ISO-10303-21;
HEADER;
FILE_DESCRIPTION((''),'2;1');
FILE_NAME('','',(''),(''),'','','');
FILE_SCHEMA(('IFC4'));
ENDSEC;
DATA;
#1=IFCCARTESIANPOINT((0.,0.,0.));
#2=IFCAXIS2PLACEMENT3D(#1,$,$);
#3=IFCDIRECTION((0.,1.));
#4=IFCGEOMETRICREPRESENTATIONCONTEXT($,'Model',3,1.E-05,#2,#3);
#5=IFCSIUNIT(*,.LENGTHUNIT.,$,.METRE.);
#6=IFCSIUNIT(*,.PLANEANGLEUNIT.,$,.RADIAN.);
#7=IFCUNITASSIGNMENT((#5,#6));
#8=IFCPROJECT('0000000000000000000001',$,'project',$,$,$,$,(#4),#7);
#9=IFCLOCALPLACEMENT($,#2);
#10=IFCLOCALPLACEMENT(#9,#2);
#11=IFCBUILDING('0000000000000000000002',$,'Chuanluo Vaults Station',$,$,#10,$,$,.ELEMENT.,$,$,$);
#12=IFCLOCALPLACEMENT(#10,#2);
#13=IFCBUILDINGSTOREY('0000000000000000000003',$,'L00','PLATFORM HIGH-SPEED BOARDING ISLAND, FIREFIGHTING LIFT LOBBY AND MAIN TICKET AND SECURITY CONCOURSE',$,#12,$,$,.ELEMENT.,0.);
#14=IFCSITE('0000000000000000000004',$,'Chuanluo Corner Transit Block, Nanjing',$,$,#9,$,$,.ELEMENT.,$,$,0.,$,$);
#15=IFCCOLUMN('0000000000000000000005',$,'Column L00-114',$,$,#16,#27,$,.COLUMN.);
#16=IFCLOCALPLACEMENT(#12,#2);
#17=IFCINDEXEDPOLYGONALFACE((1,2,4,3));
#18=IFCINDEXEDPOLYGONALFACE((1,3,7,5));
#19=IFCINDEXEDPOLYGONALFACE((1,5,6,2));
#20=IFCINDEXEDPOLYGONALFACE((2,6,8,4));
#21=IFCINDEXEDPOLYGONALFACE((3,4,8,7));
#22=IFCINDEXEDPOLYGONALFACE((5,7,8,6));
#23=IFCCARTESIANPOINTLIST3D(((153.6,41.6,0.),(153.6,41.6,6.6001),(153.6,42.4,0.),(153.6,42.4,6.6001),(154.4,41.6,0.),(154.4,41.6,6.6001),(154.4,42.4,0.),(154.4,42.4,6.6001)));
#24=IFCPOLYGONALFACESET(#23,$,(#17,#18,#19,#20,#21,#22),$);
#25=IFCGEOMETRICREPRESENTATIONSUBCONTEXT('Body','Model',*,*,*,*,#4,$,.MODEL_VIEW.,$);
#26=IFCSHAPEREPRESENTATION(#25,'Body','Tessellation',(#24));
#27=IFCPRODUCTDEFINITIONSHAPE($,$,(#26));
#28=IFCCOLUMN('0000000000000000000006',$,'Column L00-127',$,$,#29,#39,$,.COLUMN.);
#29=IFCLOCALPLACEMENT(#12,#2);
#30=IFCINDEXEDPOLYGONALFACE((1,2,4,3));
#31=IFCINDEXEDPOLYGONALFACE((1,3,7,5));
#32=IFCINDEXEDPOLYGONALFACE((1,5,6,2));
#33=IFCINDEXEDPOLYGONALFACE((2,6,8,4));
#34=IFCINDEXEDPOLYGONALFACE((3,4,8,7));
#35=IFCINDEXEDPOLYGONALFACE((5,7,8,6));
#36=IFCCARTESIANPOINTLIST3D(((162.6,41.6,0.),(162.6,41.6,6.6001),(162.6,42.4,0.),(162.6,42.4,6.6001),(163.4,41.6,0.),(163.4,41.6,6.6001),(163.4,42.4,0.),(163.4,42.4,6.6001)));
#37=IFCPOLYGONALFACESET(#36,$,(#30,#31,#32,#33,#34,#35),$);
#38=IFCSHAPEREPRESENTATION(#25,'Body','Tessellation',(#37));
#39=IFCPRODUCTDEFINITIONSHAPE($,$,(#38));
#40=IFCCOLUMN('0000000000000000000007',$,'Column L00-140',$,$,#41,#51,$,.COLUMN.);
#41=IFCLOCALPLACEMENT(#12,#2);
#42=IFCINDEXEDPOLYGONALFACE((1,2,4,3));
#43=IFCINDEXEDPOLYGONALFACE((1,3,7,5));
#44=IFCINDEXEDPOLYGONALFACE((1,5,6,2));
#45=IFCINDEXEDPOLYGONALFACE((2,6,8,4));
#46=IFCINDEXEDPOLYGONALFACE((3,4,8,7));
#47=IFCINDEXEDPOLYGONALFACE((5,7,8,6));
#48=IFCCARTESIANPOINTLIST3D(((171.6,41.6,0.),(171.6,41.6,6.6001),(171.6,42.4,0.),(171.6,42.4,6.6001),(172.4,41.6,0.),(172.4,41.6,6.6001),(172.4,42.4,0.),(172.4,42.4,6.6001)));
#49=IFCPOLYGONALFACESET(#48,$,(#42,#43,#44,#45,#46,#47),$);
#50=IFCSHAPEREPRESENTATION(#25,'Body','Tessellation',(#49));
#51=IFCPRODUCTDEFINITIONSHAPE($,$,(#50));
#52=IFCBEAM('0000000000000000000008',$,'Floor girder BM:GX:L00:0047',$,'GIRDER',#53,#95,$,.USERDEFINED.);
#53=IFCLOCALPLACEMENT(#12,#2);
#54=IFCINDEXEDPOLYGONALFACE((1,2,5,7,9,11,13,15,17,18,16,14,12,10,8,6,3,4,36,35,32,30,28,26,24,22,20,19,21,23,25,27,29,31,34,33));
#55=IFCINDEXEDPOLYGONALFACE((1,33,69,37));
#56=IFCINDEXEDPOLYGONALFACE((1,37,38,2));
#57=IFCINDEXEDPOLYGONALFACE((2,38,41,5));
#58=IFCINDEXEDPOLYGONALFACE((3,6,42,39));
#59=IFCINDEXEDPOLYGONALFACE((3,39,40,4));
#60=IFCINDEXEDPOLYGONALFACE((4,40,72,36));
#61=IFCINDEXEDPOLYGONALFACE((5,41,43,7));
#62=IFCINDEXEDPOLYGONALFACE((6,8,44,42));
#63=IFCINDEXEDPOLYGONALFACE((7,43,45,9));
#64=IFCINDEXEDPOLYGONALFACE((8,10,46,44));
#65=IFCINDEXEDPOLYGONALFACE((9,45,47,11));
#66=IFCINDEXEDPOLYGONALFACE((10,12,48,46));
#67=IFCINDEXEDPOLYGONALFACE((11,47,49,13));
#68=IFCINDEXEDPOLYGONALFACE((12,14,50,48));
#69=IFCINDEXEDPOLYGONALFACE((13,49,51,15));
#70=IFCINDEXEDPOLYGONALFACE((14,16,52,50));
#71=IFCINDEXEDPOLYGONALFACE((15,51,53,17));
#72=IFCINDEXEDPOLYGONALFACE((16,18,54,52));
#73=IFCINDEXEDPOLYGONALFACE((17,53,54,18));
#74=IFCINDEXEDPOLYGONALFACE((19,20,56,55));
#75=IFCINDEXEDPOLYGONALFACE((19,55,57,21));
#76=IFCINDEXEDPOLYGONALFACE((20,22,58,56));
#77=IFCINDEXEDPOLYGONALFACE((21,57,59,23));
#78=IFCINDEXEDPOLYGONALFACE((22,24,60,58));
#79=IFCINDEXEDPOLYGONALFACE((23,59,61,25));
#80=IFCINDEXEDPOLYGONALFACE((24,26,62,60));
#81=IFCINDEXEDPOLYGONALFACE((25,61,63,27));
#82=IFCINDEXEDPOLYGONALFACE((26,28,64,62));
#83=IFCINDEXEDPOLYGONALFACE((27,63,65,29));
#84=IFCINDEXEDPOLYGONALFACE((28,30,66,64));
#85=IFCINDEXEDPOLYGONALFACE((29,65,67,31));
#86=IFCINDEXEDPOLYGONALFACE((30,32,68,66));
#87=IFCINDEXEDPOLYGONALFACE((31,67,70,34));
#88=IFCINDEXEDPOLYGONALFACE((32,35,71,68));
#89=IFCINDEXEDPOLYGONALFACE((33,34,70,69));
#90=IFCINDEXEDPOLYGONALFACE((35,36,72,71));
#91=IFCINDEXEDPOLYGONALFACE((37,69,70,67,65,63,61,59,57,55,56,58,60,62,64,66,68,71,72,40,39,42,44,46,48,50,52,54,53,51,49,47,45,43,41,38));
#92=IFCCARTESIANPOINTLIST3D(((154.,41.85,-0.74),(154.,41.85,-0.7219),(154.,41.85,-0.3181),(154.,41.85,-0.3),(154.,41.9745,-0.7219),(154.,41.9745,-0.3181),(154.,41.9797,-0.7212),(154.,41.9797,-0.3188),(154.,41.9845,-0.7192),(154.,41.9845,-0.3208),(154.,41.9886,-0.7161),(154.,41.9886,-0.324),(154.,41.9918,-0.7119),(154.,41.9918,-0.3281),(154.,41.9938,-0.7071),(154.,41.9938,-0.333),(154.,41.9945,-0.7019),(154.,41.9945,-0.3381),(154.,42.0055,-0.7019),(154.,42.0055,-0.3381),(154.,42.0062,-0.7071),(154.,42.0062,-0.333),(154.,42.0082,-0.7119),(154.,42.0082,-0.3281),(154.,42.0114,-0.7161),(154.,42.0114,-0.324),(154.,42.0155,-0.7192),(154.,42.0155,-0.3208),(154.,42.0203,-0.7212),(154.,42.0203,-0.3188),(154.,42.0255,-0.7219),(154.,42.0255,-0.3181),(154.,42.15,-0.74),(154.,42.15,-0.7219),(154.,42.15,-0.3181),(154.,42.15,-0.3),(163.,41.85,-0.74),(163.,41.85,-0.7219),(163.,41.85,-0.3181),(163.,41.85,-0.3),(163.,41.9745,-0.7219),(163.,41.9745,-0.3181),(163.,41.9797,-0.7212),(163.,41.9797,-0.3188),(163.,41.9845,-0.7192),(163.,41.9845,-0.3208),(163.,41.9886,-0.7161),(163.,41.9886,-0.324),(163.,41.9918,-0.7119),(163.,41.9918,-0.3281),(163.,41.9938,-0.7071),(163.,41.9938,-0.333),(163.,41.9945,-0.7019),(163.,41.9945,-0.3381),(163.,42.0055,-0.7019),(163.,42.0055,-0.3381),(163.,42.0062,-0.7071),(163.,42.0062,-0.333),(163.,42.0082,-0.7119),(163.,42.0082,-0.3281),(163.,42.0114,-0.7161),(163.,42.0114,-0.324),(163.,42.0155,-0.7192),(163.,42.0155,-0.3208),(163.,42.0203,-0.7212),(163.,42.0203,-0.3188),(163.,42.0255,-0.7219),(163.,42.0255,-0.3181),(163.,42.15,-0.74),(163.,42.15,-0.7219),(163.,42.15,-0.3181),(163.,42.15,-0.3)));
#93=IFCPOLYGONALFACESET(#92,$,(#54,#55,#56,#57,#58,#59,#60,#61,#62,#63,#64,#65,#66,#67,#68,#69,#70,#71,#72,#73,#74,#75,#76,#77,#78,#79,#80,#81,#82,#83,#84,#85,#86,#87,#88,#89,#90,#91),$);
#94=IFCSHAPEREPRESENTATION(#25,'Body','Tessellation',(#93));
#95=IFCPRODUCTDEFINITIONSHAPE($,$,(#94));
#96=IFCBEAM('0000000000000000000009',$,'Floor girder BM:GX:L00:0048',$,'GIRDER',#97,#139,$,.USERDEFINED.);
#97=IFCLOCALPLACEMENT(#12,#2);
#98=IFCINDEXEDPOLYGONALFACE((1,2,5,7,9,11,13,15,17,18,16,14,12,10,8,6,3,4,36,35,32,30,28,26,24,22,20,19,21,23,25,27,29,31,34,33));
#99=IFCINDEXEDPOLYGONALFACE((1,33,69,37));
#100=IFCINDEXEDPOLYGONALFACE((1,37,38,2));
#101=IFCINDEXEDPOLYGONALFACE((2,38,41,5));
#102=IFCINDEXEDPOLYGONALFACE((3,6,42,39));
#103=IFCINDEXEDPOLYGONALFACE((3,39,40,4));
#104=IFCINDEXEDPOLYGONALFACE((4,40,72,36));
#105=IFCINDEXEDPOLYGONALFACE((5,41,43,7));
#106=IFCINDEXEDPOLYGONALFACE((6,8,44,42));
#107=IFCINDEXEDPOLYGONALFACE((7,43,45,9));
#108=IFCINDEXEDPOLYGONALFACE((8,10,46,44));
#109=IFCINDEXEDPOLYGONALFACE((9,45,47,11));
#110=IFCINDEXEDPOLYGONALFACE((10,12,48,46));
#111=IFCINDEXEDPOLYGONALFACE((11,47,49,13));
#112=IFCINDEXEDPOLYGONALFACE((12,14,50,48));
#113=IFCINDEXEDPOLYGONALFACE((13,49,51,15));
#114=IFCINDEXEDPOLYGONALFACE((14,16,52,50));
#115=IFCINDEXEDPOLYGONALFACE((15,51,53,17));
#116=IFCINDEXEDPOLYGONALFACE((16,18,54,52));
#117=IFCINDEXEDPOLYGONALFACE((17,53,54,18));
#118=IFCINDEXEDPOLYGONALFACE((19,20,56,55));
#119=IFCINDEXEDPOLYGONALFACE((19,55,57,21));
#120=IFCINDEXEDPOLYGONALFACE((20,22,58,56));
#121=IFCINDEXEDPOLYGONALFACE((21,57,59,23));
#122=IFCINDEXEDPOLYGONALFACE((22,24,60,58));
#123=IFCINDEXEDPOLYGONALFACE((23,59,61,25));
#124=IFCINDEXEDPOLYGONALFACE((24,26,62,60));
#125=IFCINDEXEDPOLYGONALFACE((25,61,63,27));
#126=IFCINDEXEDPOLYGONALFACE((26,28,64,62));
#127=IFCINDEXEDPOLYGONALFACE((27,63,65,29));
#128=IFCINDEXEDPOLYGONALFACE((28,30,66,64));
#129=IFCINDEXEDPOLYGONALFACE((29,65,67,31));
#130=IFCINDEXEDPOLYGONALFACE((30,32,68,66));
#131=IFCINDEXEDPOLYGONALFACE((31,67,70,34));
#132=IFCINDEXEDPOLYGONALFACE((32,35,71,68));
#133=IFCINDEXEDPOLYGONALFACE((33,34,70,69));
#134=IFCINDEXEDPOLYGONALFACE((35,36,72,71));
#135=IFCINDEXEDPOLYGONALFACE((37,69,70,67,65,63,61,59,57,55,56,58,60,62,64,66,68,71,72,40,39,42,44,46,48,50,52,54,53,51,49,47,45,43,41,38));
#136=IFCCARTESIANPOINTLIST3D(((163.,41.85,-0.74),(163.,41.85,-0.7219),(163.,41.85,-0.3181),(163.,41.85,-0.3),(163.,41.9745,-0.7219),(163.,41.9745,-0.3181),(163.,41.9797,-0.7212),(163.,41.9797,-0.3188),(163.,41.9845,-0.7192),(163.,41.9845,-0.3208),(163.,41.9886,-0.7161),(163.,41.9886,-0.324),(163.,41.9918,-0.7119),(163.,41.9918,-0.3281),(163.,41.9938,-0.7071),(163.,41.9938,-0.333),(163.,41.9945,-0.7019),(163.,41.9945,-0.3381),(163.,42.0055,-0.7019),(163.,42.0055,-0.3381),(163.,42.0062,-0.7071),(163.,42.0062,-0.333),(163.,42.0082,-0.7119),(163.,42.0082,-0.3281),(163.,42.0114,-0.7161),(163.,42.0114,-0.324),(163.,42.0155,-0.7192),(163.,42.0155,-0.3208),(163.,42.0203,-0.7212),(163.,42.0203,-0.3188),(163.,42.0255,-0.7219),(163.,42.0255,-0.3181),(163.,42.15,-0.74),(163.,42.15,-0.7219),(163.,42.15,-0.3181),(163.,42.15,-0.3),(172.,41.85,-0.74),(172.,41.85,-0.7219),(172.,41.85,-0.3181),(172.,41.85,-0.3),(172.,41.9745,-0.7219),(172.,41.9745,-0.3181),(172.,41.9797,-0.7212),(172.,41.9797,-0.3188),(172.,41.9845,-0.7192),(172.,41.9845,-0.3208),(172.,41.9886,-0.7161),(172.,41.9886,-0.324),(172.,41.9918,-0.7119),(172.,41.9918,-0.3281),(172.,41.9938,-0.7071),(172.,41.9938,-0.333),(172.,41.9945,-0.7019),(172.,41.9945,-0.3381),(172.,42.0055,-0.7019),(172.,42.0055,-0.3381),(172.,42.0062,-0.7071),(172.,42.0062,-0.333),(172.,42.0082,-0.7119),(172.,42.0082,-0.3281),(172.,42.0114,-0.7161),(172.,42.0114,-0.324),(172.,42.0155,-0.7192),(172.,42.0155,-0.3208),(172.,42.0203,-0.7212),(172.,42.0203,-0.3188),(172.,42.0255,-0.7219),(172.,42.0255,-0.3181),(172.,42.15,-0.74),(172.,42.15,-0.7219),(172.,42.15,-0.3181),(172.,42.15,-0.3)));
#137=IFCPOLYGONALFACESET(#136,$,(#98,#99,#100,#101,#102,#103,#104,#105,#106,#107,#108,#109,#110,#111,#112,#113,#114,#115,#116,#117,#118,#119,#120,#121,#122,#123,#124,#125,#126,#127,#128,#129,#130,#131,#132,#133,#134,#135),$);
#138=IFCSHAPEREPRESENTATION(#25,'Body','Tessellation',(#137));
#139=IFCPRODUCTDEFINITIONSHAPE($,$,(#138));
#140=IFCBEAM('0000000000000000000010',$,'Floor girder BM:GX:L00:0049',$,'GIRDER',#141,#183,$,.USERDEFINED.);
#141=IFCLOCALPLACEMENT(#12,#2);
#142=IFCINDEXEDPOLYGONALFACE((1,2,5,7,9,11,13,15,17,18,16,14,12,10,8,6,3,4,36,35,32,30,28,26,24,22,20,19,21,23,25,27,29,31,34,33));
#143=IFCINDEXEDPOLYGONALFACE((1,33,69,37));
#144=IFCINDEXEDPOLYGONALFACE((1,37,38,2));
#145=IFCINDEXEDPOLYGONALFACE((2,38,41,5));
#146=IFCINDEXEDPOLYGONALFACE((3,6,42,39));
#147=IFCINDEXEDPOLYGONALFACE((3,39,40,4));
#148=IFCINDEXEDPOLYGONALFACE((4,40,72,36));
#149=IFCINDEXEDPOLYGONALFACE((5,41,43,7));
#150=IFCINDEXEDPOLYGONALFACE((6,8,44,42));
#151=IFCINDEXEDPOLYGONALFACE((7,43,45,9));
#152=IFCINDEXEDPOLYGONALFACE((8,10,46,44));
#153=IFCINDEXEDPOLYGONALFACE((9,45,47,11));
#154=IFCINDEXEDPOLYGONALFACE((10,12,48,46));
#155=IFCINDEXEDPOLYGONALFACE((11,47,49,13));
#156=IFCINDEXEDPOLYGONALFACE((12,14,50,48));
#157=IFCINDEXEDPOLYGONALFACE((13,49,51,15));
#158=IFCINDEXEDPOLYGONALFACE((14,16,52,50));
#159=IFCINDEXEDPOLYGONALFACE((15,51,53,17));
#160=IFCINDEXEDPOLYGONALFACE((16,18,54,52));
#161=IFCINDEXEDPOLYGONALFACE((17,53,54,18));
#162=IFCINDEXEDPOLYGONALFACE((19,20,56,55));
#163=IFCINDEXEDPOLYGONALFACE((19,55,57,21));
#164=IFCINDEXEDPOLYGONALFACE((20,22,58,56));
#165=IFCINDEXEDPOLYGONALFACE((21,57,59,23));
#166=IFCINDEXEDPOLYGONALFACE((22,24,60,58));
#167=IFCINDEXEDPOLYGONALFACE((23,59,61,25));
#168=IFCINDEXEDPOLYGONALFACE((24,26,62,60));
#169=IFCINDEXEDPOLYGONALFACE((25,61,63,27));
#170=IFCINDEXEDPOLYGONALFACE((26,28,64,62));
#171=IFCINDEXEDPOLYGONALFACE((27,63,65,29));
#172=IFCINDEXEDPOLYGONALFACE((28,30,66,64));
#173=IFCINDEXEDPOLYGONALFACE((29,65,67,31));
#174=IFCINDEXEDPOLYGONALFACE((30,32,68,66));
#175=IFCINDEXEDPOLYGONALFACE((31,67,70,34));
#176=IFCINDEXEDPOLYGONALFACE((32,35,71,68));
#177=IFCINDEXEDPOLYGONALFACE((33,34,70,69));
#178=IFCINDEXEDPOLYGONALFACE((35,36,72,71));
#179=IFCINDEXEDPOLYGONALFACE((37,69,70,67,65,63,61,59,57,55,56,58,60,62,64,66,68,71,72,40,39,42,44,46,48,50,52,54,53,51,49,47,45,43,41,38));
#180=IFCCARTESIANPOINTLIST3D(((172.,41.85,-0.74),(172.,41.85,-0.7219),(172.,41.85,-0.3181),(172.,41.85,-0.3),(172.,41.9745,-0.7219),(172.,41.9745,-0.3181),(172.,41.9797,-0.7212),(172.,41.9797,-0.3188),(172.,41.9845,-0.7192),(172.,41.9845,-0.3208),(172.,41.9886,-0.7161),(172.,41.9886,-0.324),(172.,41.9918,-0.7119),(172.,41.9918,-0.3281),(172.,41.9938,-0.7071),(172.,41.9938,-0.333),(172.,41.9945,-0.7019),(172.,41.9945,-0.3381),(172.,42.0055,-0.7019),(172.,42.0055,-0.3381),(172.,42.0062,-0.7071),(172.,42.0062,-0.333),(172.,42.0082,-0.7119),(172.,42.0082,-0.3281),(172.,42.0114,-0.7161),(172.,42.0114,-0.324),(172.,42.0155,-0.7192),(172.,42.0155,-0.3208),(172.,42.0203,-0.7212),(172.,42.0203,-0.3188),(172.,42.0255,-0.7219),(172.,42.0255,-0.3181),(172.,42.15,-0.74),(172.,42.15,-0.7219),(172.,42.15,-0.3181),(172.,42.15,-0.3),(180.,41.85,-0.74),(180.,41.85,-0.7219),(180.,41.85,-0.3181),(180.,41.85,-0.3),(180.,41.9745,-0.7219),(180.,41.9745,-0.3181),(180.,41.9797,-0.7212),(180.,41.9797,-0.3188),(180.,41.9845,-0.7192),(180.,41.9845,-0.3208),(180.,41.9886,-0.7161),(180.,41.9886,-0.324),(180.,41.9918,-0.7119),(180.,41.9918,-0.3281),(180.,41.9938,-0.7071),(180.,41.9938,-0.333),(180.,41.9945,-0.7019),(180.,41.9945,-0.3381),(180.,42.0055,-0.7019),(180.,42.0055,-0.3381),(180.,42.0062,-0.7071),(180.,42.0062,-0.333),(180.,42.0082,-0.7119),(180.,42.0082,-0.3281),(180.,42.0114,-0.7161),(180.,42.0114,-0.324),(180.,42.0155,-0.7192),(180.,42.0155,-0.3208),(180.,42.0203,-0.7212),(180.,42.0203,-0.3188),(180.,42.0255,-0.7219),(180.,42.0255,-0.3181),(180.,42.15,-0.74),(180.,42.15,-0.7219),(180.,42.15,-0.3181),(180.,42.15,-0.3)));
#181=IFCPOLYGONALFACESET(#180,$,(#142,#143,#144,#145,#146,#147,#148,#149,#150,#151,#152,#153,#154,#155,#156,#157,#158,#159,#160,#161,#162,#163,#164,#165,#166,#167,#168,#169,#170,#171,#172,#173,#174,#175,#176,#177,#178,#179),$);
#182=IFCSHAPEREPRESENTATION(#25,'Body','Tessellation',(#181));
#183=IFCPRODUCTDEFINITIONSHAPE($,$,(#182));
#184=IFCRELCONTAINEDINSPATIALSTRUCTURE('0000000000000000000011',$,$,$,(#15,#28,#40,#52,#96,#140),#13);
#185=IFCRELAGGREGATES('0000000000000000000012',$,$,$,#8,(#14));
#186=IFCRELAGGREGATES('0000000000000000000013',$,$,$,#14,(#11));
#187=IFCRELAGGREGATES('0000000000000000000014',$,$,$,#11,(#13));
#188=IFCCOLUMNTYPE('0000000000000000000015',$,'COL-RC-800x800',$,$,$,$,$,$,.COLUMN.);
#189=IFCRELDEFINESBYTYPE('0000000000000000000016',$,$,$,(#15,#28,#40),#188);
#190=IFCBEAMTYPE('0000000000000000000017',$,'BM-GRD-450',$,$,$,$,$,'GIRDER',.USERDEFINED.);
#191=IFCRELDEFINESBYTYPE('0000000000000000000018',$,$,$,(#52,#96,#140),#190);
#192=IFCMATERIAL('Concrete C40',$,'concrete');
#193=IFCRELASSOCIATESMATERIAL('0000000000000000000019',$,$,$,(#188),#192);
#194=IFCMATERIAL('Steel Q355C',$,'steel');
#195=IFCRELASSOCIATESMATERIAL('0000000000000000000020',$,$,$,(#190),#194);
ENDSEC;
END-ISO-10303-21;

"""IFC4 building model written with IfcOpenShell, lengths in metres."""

from ifc_helpers import new_model, si_unit, direction, frame, origin, origin_2d, place, context, subcontext, project, spatial, rectangle, i_section, extrude, material, material_profile, profile_set, type_object, element, save


model = new_model("IFC4")

# Units and contexts
model_context = context("Model", 3, precision=1e-05, world=origin(), true_north=direction((0.0, 1.0)))
body_context = subcontext(model_context, "Body", "Model", "MODEL_VIEW")
ifc_project = project(units=[si_unit("LENGTHUNIT", "METRE"), si_unit("PLANEANGLEUNIT", "RADIAN")], contexts=[model_context])

# Site, building, storey
site_placement = place(None, origin())
site = spatial("IfcSite", under=ifc_project, at=site_placement, Name="Chuanluo Corner Transit Block, Nanjing", CompositionType="ELEMENT", RefElevation=0.0)
building_placement = place(site_placement, origin())
building = spatial("IfcBuilding", under=site, at=building_placement, Name="Chuanluo Vaults Station", CompositionType="ELEMENT")
storey_placement = place(building_placement, origin())
storey = spatial("IfcBuildingStorey", under=building, at=storey_placement, Name="L00", Description="PLATFORM HIGH-SPEED BOARDING ISLAND, FIREFIGHTING LIFT LOBBY AND MAIN TICKET AND SECURITY CONCOURSE", CompositionType="ELEMENT", Elevation=0.0)

# Columns
ifc_material_1 = material(Name="Concrete C40", Category="concrete")
ifc_material_profile_1 = material_profile(ifc_material_1, rectangle(XDim=0.8, YDim=0.8, at=origin_2d()))
ifc_profile_set_1 = profile_set([ifc_material_profile_1], Name="Concrete C40")
column_type = type_object("IfcColumnType", Name="COL-RC-800x800", PredefinedType="COLUMN", material=ifc_profile_set_1)
for number, where, z_axis, x_axis, name in (
    (1, (154.0, 42.0, 0.0), (0.0, 0.0, 1.0), (1.0, 0.0, 0.0), "Column L00-114"),
    (2, (163.0, 42.0, 0.0), (0.0, 0.0, 1.0), (1.0, 0.0, 0.0), "Column L00-127"),
    (3, (172.0, 42.0, 0.0), (0.0, 0.0, 1.0), (1.0, 0.0, 0.0), "Column L00-140"),
):
    element("IfcColumn", number, at=place(storey_placement, frame(where, z_axis=z_axis, x_axis=x_axis)), inside=storey, type_object=column_type, Name=name, PredefinedType="COLUMN", context=body_context, shape_type="SweptSolid", body=[
        extrude(rectangle(XDim=0.8, YDim=0.8, at=origin_2d()), origin(), (0.0, 0.0, 1.0), 6.6001),
    ])

# Beams
ifc_material_2 = material(Name="Steel Q355C", Category="steel")
ifc_material_profile_2 = material_profile(ifc_material_2, i_section(OverallWidth=0.3, OverallDepth=0.4399, WebThickness=0.011, FlangeThickness=0.0181, FilletRadius=0.02, at=origin_2d()))
ifc_profile_set_2 = profile_set([ifc_material_profile_2], Name="Steel Q355C")
beam_type_1 = type_object("IfcBeamType", Name="BM-GRD-450", ElementType="GIRDER", PredefinedType="USERDEFINED", material=ifc_profile_set_2)
for number, where, z_axis, x_axis, name in (
    (4, (154.0, 42.0, -0.52), (1.0, 0.0, 0.0), (0.0, 1.0, 0.0), "Floor girder BM:GX:L00:0047"),
    (5, (163.0, 42.0, -0.52), (1.0, 0.0, 0.0), (0.0, 1.0, 0.0), "Floor girder BM:GX:L00:0048"),
):
    element("IfcBeam", number, at=place(storey_placement, frame(where, z_axis=z_axis, x_axis=x_axis)), inside=storey, type_object=beam_type_1, Name=name, ObjectType="GIRDER", PredefinedType="USERDEFINED", context=body_context, shape_type="SweptSolid", body=[
        extrude(i_section(OverallWidth=0.3, OverallDepth=0.4399, WebThickness=0.011, FlangeThickness=0.0181, FilletRadius=0.02, at=origin_2d()), origin(), (0.0, 0.0, 1.0), 9.0),
    ])
beam_placement = place(storey_placement, frame((172.0, 42.0, -0.52), z_axis=(1.0, 0.0, 0.0), x_axis=(0.0, 1.0, 0.0)))
element("IfcBeam", 6, at=beam_placement, inside=storey, type_object=beam_type_1, Name="Floor girder BM:GX:L00:0049", ObjectType="GIRDER", PredefinedType="USERDEFINED", context=body_context, shape_type="SweptSolid", body=[
    extrude(i_section(OverallWidth=0.3, OverallDepth=0.4399, WebThickness=0.011, FlangeThickness=0.0181, FilletRadius=0.02, at=origin_2d()), origin(), (0.0, 0.0, 1.0), 8.0),
])

save(model, "model.ifc")
